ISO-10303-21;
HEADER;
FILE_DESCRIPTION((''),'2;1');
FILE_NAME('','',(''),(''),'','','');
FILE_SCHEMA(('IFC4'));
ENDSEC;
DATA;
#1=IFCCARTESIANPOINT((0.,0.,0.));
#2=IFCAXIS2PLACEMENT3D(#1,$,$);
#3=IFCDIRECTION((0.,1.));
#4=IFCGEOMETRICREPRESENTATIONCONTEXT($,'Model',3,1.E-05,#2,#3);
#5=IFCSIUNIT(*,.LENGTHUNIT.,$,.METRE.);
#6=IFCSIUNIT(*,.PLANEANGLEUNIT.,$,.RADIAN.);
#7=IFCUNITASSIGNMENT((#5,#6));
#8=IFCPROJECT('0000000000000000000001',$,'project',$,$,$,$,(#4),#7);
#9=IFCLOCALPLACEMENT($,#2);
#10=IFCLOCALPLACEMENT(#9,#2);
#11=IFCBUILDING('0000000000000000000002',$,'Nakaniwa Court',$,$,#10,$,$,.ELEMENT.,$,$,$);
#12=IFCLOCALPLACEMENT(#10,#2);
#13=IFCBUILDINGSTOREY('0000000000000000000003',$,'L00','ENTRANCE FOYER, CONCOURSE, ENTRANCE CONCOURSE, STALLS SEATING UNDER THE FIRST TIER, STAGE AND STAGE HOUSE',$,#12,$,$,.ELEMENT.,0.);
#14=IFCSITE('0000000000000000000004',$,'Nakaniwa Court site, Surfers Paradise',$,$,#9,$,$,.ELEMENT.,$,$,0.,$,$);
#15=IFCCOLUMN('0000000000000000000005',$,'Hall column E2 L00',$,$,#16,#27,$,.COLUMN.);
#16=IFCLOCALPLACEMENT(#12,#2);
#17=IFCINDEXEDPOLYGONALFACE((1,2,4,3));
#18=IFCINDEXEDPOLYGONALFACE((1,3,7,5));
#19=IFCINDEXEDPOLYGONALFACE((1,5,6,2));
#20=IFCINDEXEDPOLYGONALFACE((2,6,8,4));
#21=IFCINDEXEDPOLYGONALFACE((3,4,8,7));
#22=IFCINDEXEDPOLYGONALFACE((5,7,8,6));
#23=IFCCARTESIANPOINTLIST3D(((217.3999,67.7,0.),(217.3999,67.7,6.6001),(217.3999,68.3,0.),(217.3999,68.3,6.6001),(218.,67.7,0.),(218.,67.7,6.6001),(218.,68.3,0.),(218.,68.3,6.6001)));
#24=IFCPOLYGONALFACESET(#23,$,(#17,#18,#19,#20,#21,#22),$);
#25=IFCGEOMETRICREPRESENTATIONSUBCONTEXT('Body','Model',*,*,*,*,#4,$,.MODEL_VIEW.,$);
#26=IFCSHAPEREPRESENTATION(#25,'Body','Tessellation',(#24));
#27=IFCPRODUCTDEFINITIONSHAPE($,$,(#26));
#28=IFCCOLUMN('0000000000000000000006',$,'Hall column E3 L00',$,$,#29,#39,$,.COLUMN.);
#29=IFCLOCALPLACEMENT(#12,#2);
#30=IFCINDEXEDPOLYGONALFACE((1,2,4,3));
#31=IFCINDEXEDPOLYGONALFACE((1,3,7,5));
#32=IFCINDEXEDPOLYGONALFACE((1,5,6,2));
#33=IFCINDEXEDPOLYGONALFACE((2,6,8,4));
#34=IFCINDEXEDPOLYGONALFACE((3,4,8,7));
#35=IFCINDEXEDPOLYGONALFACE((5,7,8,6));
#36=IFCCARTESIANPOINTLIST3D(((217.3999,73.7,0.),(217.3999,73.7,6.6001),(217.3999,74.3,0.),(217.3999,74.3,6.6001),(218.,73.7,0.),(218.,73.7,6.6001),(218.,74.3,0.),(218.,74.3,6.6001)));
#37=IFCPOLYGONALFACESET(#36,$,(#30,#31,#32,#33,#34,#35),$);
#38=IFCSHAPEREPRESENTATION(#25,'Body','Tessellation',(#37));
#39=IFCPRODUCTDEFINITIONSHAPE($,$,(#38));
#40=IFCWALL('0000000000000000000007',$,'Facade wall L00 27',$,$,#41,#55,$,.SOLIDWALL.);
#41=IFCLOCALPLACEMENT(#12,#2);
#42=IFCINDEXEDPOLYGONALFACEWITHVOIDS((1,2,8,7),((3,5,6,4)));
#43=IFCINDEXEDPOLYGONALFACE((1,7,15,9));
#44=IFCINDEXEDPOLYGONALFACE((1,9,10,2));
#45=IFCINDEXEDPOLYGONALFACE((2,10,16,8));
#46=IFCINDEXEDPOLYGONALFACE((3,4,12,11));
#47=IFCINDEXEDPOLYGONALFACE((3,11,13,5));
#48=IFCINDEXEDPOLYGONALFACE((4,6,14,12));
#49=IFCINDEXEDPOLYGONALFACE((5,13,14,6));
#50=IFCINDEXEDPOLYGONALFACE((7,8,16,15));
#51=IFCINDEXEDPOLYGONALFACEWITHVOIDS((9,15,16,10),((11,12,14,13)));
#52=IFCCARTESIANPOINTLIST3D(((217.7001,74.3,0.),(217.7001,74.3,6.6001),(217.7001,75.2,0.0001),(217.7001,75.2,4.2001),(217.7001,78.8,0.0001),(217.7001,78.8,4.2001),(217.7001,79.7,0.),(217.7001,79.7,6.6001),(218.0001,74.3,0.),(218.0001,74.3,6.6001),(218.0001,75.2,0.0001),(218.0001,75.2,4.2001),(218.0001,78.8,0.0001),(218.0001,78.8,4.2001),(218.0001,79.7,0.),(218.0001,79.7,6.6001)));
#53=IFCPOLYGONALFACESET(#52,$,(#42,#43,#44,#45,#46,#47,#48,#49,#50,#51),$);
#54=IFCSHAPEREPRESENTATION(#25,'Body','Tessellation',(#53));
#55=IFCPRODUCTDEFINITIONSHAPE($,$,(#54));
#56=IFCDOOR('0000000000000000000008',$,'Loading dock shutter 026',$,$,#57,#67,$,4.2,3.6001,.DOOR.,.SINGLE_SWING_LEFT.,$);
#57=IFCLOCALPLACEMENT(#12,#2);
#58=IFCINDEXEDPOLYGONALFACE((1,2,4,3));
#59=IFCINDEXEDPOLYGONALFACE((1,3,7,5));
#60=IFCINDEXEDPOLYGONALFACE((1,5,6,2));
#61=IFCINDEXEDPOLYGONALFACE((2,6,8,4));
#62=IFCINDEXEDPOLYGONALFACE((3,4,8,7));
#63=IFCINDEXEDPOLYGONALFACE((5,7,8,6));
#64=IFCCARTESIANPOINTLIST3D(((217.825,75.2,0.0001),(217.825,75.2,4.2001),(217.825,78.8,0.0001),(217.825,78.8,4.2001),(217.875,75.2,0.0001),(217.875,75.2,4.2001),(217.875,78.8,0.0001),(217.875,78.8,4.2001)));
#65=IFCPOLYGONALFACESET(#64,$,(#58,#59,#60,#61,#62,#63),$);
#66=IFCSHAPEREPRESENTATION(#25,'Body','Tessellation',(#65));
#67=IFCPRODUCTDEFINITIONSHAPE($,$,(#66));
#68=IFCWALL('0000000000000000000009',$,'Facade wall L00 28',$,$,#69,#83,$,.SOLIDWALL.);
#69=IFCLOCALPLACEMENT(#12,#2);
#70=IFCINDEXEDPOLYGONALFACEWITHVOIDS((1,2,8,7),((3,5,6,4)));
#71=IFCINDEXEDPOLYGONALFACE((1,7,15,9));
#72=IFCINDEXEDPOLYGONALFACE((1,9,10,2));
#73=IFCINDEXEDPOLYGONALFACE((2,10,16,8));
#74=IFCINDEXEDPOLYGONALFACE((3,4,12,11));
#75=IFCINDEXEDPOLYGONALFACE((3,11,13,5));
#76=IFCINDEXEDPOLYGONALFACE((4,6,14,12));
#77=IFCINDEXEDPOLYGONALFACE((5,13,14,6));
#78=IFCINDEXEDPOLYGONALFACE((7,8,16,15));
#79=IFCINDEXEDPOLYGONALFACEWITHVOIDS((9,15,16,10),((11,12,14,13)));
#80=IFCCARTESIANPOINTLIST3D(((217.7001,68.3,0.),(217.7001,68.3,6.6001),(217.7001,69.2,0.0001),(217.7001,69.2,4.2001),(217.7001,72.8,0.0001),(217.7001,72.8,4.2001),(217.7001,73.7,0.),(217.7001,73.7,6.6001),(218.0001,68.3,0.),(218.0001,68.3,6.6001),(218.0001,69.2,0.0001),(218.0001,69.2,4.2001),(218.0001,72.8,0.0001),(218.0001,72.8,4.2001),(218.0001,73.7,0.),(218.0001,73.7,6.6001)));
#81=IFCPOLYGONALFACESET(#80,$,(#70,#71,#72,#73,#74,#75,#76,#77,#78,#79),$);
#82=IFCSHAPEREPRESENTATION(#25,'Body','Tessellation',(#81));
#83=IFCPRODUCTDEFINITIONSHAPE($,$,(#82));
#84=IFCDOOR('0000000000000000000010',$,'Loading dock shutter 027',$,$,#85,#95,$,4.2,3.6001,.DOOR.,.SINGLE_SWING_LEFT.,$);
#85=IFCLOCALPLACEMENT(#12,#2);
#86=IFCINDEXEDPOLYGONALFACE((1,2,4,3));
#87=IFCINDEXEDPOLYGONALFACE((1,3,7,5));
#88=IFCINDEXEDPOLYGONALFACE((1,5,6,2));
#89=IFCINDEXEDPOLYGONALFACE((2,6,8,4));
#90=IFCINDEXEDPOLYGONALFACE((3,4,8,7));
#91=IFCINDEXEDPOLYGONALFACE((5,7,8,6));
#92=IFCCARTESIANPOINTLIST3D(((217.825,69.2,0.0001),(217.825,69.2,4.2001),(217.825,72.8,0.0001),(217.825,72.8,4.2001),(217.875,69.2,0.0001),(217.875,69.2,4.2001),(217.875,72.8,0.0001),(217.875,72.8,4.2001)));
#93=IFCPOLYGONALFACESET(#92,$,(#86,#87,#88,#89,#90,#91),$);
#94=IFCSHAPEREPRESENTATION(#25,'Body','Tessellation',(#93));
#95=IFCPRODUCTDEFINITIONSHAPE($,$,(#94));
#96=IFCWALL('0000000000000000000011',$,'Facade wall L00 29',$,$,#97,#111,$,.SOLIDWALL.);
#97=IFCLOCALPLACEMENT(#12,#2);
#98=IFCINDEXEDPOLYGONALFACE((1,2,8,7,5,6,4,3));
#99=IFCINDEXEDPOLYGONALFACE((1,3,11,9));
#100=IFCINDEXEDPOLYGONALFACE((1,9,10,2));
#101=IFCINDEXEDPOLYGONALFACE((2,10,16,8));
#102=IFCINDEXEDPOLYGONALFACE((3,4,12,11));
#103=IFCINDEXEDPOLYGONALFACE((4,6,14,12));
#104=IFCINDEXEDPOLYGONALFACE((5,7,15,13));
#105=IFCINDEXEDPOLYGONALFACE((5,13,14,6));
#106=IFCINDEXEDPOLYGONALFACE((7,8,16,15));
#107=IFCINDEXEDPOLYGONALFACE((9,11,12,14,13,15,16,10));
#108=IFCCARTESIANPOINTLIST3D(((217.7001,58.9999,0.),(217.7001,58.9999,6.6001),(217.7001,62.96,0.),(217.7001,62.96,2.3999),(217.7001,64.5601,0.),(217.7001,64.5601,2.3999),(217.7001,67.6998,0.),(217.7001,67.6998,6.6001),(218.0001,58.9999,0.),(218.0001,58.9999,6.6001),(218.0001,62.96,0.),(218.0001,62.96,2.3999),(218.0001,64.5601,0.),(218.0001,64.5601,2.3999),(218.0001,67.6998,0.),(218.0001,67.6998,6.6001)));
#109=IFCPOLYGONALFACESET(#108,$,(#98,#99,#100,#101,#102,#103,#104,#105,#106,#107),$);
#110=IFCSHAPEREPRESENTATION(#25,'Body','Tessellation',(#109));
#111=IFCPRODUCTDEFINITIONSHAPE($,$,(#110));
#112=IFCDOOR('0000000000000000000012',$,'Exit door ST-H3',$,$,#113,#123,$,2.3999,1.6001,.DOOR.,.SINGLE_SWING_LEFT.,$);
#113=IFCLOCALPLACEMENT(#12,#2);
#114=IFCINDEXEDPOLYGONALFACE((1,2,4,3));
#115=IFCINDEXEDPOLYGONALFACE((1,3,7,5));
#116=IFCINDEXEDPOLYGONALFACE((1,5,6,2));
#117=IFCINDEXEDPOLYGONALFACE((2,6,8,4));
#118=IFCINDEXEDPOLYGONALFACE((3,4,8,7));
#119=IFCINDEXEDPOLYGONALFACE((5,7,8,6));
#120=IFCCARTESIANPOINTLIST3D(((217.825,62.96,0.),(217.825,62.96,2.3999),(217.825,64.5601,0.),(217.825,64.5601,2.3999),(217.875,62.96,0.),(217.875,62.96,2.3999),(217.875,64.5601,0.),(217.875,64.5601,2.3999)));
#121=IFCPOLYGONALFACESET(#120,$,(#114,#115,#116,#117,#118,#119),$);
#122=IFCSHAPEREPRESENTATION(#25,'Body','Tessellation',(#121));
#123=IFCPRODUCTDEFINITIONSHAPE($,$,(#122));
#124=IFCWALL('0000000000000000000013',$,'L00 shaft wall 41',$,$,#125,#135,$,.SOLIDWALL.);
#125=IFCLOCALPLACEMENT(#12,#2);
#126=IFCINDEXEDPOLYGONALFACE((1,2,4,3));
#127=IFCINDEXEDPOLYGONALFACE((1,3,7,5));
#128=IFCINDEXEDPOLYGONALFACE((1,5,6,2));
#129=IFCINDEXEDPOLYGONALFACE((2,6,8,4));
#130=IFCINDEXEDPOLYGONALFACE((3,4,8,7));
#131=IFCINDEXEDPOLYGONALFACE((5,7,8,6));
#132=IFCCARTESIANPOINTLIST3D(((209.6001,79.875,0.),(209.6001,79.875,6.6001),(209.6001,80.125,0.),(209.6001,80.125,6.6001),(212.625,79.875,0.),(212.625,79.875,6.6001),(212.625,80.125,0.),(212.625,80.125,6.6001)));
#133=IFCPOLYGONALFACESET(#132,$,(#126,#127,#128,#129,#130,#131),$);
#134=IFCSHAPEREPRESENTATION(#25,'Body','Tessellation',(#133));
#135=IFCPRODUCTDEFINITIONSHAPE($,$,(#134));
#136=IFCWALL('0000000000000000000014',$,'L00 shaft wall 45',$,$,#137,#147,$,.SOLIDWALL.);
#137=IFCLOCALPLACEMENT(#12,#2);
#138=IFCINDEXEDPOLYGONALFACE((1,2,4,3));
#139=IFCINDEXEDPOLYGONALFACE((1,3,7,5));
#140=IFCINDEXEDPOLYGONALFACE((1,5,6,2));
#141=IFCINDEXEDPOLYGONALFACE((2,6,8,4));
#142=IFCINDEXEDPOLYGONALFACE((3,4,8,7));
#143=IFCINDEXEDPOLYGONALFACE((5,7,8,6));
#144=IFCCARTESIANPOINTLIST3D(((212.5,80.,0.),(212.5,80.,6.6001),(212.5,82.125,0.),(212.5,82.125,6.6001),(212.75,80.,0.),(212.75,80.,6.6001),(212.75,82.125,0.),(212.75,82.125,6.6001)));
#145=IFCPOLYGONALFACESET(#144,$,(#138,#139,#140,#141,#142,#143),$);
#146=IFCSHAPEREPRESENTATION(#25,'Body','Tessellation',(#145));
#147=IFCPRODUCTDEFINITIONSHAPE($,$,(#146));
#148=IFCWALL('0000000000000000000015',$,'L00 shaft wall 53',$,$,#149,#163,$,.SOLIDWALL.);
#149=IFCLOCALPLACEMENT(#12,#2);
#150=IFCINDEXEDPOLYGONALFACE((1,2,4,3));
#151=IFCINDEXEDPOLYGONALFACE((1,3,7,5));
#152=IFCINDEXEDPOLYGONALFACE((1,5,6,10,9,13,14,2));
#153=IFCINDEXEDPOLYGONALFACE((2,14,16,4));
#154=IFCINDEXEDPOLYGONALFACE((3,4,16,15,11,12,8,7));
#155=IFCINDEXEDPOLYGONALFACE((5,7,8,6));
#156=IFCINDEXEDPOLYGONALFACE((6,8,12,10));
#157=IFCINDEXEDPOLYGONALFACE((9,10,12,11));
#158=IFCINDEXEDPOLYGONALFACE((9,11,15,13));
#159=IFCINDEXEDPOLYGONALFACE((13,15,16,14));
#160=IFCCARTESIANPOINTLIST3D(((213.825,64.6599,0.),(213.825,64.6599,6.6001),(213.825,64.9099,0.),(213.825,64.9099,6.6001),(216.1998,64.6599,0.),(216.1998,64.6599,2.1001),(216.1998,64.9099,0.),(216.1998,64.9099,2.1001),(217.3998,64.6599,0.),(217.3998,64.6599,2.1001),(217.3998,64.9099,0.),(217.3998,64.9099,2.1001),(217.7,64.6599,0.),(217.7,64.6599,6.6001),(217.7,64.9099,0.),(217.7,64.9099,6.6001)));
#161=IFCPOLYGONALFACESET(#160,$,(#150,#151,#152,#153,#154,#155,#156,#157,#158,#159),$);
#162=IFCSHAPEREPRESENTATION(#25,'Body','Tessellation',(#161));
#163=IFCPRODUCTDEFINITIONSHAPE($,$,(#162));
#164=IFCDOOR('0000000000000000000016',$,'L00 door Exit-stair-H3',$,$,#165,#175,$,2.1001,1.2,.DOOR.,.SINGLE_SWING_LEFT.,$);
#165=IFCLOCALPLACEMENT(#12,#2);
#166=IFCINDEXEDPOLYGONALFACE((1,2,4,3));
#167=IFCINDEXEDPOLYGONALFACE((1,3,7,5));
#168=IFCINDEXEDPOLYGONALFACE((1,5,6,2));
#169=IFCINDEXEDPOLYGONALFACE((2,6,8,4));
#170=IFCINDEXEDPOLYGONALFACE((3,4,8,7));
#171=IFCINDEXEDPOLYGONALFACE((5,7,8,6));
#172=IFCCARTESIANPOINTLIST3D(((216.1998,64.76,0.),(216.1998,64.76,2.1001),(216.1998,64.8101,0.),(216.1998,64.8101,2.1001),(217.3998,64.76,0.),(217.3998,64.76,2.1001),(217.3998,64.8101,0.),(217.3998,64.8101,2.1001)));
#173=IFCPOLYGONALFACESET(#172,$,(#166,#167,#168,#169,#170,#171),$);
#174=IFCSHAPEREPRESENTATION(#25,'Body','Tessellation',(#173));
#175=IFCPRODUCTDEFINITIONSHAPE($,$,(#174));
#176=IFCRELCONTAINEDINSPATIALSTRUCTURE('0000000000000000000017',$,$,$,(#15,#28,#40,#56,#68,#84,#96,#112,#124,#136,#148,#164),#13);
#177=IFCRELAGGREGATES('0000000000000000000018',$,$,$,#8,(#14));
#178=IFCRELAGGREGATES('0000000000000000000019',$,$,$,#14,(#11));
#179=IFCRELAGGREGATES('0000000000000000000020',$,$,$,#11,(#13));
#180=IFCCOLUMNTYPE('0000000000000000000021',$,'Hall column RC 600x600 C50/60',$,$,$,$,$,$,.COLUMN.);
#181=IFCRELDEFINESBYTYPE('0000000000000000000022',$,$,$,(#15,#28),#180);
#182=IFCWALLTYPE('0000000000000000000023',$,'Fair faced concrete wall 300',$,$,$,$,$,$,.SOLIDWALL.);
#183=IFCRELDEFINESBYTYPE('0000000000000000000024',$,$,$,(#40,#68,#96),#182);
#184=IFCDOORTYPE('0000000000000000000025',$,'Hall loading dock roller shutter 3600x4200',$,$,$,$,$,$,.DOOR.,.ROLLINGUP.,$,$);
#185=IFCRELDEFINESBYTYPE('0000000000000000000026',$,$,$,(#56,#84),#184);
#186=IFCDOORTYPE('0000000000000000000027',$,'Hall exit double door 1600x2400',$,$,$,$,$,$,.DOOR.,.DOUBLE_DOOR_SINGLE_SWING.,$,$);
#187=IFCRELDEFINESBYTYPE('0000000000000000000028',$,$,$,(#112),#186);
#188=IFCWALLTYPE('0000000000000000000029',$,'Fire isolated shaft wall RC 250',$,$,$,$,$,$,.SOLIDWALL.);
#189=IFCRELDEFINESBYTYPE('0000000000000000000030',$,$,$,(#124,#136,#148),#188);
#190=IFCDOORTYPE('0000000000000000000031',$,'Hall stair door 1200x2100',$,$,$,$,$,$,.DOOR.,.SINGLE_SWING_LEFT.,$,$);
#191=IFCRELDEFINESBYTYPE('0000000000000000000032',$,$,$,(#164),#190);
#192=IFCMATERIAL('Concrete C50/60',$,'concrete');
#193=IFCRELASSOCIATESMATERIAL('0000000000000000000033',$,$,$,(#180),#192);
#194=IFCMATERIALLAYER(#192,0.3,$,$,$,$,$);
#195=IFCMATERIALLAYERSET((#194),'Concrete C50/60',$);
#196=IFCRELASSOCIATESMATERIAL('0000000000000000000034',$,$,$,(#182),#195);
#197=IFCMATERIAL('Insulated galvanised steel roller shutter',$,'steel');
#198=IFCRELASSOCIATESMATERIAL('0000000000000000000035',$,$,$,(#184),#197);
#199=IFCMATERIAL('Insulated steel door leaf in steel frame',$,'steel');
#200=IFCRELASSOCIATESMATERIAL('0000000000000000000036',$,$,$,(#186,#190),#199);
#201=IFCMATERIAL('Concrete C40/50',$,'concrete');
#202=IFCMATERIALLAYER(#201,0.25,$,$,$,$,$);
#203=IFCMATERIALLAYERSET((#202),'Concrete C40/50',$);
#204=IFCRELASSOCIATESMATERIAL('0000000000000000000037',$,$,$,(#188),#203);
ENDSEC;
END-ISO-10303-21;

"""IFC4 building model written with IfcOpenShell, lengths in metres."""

from ifc_helpers import new_model, si_unit, direction, frame, frame_2d, origin, origin_2d, place, context, subcontext, project, spatial, rectangle, extrude, material, layer, layer_set, material_profile, profile_set, type_object, element, fill, save


model = new_model("IFC4")

# Units and contexts
model_context = context("Model", 3, precision=1e-05, world=origin(), true_north=direction((0.0, 1.0)))
body_context = subcontext(model_context, "Body", "Model", "MODEL_VIEW")
ifc_project = project(units=[si_unit("LENGTHUNIT", "METRE"), si_unit("PLANEANGLEUNIT", "RADIAN")], contexts=[model_context])

# Site, building, storey
site_placement = place(None, origin())
site = spatial("IfcSite", under=ifc_project, at=site_placement, Name="Nakaniwa Court site, Surfers Paradise", CompositionType="ELEMENT", RefElevation=0.0)
building_placement = place(site_placement, origin())
building = spatial("IfcBuilding", under=site, at=building_placement, Name="Nakaniwa Court", CompositionType="ELEMENT")
storey_placement = place(building_placement, origin())
storey = spatial("IfcBuildingStorey", under=building, at=storey_placement, Name="L00", Description="ENTRANCE FOYER, CONCOURSE, ENTRANCE CONCOURSE, STALLS SEATING UNDER THE FIRST TIER, STAGE AND STAGE HOUSE", CompositionType="ELEMENT", Elevation=0.0)

# Shared definitions
ifc_material_1 = material(Name="Concrete C40/50", Category="concrete")

# Columns
ifc_material_2 = material(Name="Concrete C50/60", Category="concrete")
ifc_material_profile_1 = material_profile(ifc_material_2, rectangle(XDim=0.6001, YDim=0.6001, at=origin_2d()), Name="RC 600x600")
ifc_profile_set_1 = profile_set([ifc_material_profile_1], Name="Concrete C50/60")
column_type = type_object("IfcColumnType", Name="Hall column RC 600x600 C50/60", PredefinedType="COLUMN", material=ifc_profile_set_1)
for number, where, z_axis, x_axis, name in (
    (1, (217.7, 68.0, 0.0), (0.0, 0.0, 1.0), (1.0, 0.0, 0.0), "Hall column E2 L00"),
    (2, (217.7, 74.0, 0.0), (0.0, 0.0, 1.0), (1.0, 0.0, 0.0), "Hall column E3 L00"),
):
    element("IfcColumn", number, at=place(storey_placement, frame(where, z_axis=z_axis, x_axis=x_axis)), inside=storey, type_object=column_type, Name=name, PredefinedType="COLUMN", context=body_context, shape_type="SweptSolid", body=[
        extrude(rectangle(XDim=0.6001, YDim=0.6001, at=origin_2d()), origin(), (0.0, 0.0, 1.0), 6.6001),
    ])

# Walls, openings, doors
ifc_layer_1 = layer(ifc_material_2, 0.3)
ifc_layer_set_1 = layer_set([ifc_layer_1], Name="Concrete C50/60")
wall_type_1 = type_object("IfcWallType", Name="Fair faced concrete wall 300", PredefinedType="SOLIDWALL", material=ifc_layer_set_1)
wall_1_placement = place(storey_placement, frame((217.8501, 79.7, 0.0), z_axis=(0.0, 0.0, 1.0), x_axis=(0.0, -1.0, 0.0)))
wall_1 = element("IfcWall", 3, at=wall_1_placement, inside=storey, type_object=wall_type_1, Name="Facade wall L00 27", PredefinedType="SOLIDWALL", context=body_context, shape_type="SweptSolid", body=[
    extrude(rectangle(XDim=5.3999, YDim=0.3, at=frame_2d((2.7, 0.0))), origin(), (0.0, 0.0, 1.0), 6.6001),
])
opening_1_placement = place(wall_1_placement, frame((0.8999, 0.0, 0.0)))
opening_1 = element("IfcOpeningElement", 4, at=opening_1_placement, cuts=wall_1, PredefinedType="OPENING", context=body_context, shape_type="SweptSolid", body=[
    extrude(rectangle(XDim=3.6001, YDim=4.2, at=frame_2d((1.8, 2.1001))), frame((0.0, 0.1599, 0.0), z_axis=(0.0, -1.0, 0.0), x_axis=(1.0, 0.0, 0.0)), (0.0, 0.0, 1.0), 0.3201),
])
ifc_material_3 = material(Name="Insulated galvanised steel roller shutter", Category="steel")
door_type_1 = type_object("IfcDoorType", Name="Hall loading dock roller shutter 3600x4200", OperationType="ROLLINGUP", PredefinedType="DOOR", material=ifc_material_3)
door_1_placement = place(opening_1_placement, origin())
door_1 = element("IfcDoor", 5, at=door_1_placement, inside=storey, type_object=door_type_1, Name="Loading dock shutter 026", OperationType="SINGLE_SWING_LEFT", OverallHeight=4.2, OverallWidth=3.6001, PredefinedType="DOOR", context=body_context, shape_type="SweptSolid", body=[
    extrude(rectangle(XDim=3.6001, YDim=4.2, at=frame_2d((1.8, 2.1001))), frame((0.0, 0.0249, 0.0), z_axis=(0.0, -1.0, 0.0), x_axis=(1.0, 0.0, 0.0)), (0.0, 0.0, 1.0), 0.05),
])
fill(opening_1, door_1)
wall_2_placement = place(storey_placement, frame((217.8501, 73.7, 0.0), z_axis=(0.0, 0.0, 1.0), x_axis=(0.0, -1.0, 0.0)))
wall_2 = element("IfcWall", 6, at=wall_2_placement, inside=storey, type_object=wall_type_1, Name="Facade wall L00 28", PredefinedType="SOLIDWALL", context=body_context, shape_type="SweptSolid", body=[
    extrude(rectangle(XDim=5.3999, YDim=0.3, at=frame_2d((2.7, 0.0))), origin(), (0.0, 0.0, 1.0), 6.6001),
])
opening_2_placement = place(wall_2_placement, frame((0.8999, 0.0, 0.0)))
opening_2 = element("IfcOpeningElement", 7, at=opening_2_placement, cuts=wall_2, PredefinedType="OPENING", context=body_context, shape_type="SweptSolid", body=[
    extrude(rectangle(XDim=3.6001, YDim=4.2, at=frame_2d((1.8, 2.1001))), frame((0.0, 0.1599, 0.0), z_axis=(0.0, -1.0, 0.0), x_axis=(1.0, 0.0, 0.0)), (0.0, 0.0, 1.0), 0.3201),
])
door_2_placement = place(opening_2_placement, origin())
door_2 = element("IfcDoor", 8, at=door_2_placement, inside=storey, type_object=door_type_1, Name="Loading dock shutter 027", OperationType="SINGLE_SWING_LEFT", OverallHeight=4.2, OverallWidth=3.6001, PredefinedType="DOOR", context=body_context, shape_type="SweptSolid", body=[
    extrude(rectangle(XDim=3.6001, YDim=4.2, at=frame_2d((1.8, 2.1001))), frame((0.0, 0.0249, 0.0), z_axis=(0.0, -1.0, 0.0), x_axis=(1.0, 0.0, 0.0)), (0.0, 0.0, 1.0), 0.05),
])
fill(opening_2, door_2)
wall_3_placement = place(storey_placement, frame((217.8501, 67.7, 0.0), z_axis=(0.0, 0.0, 1.0), x_axis=(0.0, -1.0, 0.0)))
wall_3 = element("IfcWall", 9, at=wall_3_placement, inside=storey, type_object=wall_type_1, Name="Facade wall L00 29", PredefinedType="SOLIDWALL", context=body_context, shape_type="SweptSolid", body=[
    extrude(rectangle(XDim=8.7, YDim=0.3, at=frame_2d((4.3501, 0.0))), origin(), (0.0, 0.0, 1.0), 6.6001),
])
opening_3_placement = place(wall_3_placement, frame((3.1399, 0.0, 0.0)))
opening_3 = element("IfcOpeningElement", 10, at=opening_3_placement, cuts=wall_3, PredefinedType="OPENING", context=body_context, shape_type="SweptSolid", body=[
    extrude(rectangle(XDim=1.6001, YDim=2.3999, at=frame_2d((0.8, 1.2))), frame((0.0, 0.1599, 0.0), z_axis=(0.0, -1.0, 0.0), x_axis=(1.0, 0.0, 0.0)), (0.0, 0.0, 1.0), 0.3201),
])
ifc_material_4 = material(Name="Insulated steel door leaf in steel frame", Category="steel")
door_type_2 = type_object("IfcDoorType", Name="Hall exit double door 1600x2400", OperationType="DOUBLE_DOOR_SINGLE_SWING", PredefinedType="DOOR", material=ifc_material_4)
door_3_placement = place(opening_3_placement, origin())
door_3 = element("IfcDoor", 11, at=door_3_placement, inside=storey, type_object=door_type_2, Name="Exit door ST-H3", OperationType="SINGLE_SWING_LEFT", OverallHeight=2.3999, OverallWidth=1.6001, PredefinedType="DOOR", context=body_context, shape_type="SweptSolid", body=[
    extrude(rectangle(XDim=1.6001, YDim=2.3999, at=frame_2d((0.8, 1.2))), frame((0.0, 0.0249, 0.0), z_axis=(0.0, -1.0, 0.0), x_axis=(1.0, 0.0, 0.0)), (0.0, 0.0, 1.0), 0.05),
])
fill(opening_3, door_3)

# Walls
ifc_layer_2 = layer(ifc_material_1, 0.25)
ifc_layer_set_2 = layer_set([ifc_layer_2], Name="Concrete C40/50")
wall_type_2 = type_object("IfcWallType", Name="Fire isolated shaft wall RC 250", PredefinedType="SOLIDWALL", material=ifc_layer_set_2)
wall_4_placement = place(storey_placement, frame((209.6001, 80.0, 0.0), z_axis=(0.0, 0.0, 1.0), x_axis=(1.0, 0.0, 0.0)))
element("IfcWall", 12, at=wall_4_placement, inside=storey, type_object=wall_type_2, Name="L00 shaft wall 41", PredefinedType="SOLIDWALL", context=body_context, shape_type="SweptSolid", body=[
    extrude(rectangle(XDim=3.0249, YDim=0.25, at=frame_2d((1.5125, 0.0))), origin(), (0.0, 0.0, 1.0), 6.6001),
])
wall_5_placement = place(storey_placement, frame((212.625, 80.0, 0.0), z_axis=(0.0, 0.0, 1.0), x_axis=(0.0, 1.0, 0.0)))
element("IfcWall", 13, at=wall_5_placement, inside=storey, type_object=wall_type_2, Name="L00 shaft wall 45", PredefinedType="SOLIDWALL", context=body_context, shape_type="SweptSolid", body=[
    extrude(rectangle(XDim=2.125, YDim=0.25, at=frame_2d((1.0625, 0.0))), origin(), (0.0, 0.0, 1.0), 6.6001),
])

# Wall, opening, door
wall_6_placement = place(storey_placement, frame((217.7, 64.7849, 0.0), z_axis=(0.0, 0.0, 1.0), x_axis=(-1.0, 0.0, 0.0)))
wall_6 = element("IfcWall", 14, at=wall_6_placement, inside=storey, type_object=wall_type_2, Name="L00 shaft wall 53", PredefinedType="SOLIDWALL", context=body_context, shape_type="SweptSolid", body=[
    extrude(rectangle(XDim=3.875, YDim=0.25, at=frame_2d((1.9375, 0.0))), origin(), (0.0, 0.0, 1.0), 6.6001),
])
opening_4_placement = place(wall_6_placement, frame((0.3, 0.0, 0.0)))
opening_4 = element("IfcOpeningElement", 15, at=opening_4_placement, cuts=wall_6, PredefinedType="OPENING", context=body_context, shape_type="SweptSolid", body=[
    extrude(rectangle(XDim=1.2, YDim=2.1001, at=frame_2d((0.6001, 1.05))), frame((0.0, 0.135, 0.0), z_axis=(0.0, -1.0, 0.0), x_axis=(1.0, 0.0, 0.0)), (0.0, 0.0, 1.0), 0.27),
])
door_type_3 = type_object("IfcDoorType", Name="Hall stair door 1200x2100", OperationType="SINGLE_SWING_LEFT", PredefinedType="DOOR", material=ifc_material_4)
door_4_placement = place(opening_4_placement, origin())
door_4 = element("IfcDoor", 16, at=door_4_placement, inside=storey, type_object=door_type_3, Name="L00 door Exit-stair-H3", OperationType="SINGLE_SWING_LEFT", OverallHeight=2.1001, OverallWidth=1.2, PredefinedType="DOOR", context=body_context, shape_type="SweptSolid", body=[
    extrude(rectangle(XDim=1.2, YDim=2.1001, at=frame_2d((0.6001, 1.05))), frame((0.0, 0.0249, 0.0), z_axis=(0.0, -1.0, 0.0), x_axis=(1.0, 0.0, 0.0)), (0.0, 0.0, 1.0), 0.05),
])
fill(opening_4, door_4)

save(model, "model.ifc")
